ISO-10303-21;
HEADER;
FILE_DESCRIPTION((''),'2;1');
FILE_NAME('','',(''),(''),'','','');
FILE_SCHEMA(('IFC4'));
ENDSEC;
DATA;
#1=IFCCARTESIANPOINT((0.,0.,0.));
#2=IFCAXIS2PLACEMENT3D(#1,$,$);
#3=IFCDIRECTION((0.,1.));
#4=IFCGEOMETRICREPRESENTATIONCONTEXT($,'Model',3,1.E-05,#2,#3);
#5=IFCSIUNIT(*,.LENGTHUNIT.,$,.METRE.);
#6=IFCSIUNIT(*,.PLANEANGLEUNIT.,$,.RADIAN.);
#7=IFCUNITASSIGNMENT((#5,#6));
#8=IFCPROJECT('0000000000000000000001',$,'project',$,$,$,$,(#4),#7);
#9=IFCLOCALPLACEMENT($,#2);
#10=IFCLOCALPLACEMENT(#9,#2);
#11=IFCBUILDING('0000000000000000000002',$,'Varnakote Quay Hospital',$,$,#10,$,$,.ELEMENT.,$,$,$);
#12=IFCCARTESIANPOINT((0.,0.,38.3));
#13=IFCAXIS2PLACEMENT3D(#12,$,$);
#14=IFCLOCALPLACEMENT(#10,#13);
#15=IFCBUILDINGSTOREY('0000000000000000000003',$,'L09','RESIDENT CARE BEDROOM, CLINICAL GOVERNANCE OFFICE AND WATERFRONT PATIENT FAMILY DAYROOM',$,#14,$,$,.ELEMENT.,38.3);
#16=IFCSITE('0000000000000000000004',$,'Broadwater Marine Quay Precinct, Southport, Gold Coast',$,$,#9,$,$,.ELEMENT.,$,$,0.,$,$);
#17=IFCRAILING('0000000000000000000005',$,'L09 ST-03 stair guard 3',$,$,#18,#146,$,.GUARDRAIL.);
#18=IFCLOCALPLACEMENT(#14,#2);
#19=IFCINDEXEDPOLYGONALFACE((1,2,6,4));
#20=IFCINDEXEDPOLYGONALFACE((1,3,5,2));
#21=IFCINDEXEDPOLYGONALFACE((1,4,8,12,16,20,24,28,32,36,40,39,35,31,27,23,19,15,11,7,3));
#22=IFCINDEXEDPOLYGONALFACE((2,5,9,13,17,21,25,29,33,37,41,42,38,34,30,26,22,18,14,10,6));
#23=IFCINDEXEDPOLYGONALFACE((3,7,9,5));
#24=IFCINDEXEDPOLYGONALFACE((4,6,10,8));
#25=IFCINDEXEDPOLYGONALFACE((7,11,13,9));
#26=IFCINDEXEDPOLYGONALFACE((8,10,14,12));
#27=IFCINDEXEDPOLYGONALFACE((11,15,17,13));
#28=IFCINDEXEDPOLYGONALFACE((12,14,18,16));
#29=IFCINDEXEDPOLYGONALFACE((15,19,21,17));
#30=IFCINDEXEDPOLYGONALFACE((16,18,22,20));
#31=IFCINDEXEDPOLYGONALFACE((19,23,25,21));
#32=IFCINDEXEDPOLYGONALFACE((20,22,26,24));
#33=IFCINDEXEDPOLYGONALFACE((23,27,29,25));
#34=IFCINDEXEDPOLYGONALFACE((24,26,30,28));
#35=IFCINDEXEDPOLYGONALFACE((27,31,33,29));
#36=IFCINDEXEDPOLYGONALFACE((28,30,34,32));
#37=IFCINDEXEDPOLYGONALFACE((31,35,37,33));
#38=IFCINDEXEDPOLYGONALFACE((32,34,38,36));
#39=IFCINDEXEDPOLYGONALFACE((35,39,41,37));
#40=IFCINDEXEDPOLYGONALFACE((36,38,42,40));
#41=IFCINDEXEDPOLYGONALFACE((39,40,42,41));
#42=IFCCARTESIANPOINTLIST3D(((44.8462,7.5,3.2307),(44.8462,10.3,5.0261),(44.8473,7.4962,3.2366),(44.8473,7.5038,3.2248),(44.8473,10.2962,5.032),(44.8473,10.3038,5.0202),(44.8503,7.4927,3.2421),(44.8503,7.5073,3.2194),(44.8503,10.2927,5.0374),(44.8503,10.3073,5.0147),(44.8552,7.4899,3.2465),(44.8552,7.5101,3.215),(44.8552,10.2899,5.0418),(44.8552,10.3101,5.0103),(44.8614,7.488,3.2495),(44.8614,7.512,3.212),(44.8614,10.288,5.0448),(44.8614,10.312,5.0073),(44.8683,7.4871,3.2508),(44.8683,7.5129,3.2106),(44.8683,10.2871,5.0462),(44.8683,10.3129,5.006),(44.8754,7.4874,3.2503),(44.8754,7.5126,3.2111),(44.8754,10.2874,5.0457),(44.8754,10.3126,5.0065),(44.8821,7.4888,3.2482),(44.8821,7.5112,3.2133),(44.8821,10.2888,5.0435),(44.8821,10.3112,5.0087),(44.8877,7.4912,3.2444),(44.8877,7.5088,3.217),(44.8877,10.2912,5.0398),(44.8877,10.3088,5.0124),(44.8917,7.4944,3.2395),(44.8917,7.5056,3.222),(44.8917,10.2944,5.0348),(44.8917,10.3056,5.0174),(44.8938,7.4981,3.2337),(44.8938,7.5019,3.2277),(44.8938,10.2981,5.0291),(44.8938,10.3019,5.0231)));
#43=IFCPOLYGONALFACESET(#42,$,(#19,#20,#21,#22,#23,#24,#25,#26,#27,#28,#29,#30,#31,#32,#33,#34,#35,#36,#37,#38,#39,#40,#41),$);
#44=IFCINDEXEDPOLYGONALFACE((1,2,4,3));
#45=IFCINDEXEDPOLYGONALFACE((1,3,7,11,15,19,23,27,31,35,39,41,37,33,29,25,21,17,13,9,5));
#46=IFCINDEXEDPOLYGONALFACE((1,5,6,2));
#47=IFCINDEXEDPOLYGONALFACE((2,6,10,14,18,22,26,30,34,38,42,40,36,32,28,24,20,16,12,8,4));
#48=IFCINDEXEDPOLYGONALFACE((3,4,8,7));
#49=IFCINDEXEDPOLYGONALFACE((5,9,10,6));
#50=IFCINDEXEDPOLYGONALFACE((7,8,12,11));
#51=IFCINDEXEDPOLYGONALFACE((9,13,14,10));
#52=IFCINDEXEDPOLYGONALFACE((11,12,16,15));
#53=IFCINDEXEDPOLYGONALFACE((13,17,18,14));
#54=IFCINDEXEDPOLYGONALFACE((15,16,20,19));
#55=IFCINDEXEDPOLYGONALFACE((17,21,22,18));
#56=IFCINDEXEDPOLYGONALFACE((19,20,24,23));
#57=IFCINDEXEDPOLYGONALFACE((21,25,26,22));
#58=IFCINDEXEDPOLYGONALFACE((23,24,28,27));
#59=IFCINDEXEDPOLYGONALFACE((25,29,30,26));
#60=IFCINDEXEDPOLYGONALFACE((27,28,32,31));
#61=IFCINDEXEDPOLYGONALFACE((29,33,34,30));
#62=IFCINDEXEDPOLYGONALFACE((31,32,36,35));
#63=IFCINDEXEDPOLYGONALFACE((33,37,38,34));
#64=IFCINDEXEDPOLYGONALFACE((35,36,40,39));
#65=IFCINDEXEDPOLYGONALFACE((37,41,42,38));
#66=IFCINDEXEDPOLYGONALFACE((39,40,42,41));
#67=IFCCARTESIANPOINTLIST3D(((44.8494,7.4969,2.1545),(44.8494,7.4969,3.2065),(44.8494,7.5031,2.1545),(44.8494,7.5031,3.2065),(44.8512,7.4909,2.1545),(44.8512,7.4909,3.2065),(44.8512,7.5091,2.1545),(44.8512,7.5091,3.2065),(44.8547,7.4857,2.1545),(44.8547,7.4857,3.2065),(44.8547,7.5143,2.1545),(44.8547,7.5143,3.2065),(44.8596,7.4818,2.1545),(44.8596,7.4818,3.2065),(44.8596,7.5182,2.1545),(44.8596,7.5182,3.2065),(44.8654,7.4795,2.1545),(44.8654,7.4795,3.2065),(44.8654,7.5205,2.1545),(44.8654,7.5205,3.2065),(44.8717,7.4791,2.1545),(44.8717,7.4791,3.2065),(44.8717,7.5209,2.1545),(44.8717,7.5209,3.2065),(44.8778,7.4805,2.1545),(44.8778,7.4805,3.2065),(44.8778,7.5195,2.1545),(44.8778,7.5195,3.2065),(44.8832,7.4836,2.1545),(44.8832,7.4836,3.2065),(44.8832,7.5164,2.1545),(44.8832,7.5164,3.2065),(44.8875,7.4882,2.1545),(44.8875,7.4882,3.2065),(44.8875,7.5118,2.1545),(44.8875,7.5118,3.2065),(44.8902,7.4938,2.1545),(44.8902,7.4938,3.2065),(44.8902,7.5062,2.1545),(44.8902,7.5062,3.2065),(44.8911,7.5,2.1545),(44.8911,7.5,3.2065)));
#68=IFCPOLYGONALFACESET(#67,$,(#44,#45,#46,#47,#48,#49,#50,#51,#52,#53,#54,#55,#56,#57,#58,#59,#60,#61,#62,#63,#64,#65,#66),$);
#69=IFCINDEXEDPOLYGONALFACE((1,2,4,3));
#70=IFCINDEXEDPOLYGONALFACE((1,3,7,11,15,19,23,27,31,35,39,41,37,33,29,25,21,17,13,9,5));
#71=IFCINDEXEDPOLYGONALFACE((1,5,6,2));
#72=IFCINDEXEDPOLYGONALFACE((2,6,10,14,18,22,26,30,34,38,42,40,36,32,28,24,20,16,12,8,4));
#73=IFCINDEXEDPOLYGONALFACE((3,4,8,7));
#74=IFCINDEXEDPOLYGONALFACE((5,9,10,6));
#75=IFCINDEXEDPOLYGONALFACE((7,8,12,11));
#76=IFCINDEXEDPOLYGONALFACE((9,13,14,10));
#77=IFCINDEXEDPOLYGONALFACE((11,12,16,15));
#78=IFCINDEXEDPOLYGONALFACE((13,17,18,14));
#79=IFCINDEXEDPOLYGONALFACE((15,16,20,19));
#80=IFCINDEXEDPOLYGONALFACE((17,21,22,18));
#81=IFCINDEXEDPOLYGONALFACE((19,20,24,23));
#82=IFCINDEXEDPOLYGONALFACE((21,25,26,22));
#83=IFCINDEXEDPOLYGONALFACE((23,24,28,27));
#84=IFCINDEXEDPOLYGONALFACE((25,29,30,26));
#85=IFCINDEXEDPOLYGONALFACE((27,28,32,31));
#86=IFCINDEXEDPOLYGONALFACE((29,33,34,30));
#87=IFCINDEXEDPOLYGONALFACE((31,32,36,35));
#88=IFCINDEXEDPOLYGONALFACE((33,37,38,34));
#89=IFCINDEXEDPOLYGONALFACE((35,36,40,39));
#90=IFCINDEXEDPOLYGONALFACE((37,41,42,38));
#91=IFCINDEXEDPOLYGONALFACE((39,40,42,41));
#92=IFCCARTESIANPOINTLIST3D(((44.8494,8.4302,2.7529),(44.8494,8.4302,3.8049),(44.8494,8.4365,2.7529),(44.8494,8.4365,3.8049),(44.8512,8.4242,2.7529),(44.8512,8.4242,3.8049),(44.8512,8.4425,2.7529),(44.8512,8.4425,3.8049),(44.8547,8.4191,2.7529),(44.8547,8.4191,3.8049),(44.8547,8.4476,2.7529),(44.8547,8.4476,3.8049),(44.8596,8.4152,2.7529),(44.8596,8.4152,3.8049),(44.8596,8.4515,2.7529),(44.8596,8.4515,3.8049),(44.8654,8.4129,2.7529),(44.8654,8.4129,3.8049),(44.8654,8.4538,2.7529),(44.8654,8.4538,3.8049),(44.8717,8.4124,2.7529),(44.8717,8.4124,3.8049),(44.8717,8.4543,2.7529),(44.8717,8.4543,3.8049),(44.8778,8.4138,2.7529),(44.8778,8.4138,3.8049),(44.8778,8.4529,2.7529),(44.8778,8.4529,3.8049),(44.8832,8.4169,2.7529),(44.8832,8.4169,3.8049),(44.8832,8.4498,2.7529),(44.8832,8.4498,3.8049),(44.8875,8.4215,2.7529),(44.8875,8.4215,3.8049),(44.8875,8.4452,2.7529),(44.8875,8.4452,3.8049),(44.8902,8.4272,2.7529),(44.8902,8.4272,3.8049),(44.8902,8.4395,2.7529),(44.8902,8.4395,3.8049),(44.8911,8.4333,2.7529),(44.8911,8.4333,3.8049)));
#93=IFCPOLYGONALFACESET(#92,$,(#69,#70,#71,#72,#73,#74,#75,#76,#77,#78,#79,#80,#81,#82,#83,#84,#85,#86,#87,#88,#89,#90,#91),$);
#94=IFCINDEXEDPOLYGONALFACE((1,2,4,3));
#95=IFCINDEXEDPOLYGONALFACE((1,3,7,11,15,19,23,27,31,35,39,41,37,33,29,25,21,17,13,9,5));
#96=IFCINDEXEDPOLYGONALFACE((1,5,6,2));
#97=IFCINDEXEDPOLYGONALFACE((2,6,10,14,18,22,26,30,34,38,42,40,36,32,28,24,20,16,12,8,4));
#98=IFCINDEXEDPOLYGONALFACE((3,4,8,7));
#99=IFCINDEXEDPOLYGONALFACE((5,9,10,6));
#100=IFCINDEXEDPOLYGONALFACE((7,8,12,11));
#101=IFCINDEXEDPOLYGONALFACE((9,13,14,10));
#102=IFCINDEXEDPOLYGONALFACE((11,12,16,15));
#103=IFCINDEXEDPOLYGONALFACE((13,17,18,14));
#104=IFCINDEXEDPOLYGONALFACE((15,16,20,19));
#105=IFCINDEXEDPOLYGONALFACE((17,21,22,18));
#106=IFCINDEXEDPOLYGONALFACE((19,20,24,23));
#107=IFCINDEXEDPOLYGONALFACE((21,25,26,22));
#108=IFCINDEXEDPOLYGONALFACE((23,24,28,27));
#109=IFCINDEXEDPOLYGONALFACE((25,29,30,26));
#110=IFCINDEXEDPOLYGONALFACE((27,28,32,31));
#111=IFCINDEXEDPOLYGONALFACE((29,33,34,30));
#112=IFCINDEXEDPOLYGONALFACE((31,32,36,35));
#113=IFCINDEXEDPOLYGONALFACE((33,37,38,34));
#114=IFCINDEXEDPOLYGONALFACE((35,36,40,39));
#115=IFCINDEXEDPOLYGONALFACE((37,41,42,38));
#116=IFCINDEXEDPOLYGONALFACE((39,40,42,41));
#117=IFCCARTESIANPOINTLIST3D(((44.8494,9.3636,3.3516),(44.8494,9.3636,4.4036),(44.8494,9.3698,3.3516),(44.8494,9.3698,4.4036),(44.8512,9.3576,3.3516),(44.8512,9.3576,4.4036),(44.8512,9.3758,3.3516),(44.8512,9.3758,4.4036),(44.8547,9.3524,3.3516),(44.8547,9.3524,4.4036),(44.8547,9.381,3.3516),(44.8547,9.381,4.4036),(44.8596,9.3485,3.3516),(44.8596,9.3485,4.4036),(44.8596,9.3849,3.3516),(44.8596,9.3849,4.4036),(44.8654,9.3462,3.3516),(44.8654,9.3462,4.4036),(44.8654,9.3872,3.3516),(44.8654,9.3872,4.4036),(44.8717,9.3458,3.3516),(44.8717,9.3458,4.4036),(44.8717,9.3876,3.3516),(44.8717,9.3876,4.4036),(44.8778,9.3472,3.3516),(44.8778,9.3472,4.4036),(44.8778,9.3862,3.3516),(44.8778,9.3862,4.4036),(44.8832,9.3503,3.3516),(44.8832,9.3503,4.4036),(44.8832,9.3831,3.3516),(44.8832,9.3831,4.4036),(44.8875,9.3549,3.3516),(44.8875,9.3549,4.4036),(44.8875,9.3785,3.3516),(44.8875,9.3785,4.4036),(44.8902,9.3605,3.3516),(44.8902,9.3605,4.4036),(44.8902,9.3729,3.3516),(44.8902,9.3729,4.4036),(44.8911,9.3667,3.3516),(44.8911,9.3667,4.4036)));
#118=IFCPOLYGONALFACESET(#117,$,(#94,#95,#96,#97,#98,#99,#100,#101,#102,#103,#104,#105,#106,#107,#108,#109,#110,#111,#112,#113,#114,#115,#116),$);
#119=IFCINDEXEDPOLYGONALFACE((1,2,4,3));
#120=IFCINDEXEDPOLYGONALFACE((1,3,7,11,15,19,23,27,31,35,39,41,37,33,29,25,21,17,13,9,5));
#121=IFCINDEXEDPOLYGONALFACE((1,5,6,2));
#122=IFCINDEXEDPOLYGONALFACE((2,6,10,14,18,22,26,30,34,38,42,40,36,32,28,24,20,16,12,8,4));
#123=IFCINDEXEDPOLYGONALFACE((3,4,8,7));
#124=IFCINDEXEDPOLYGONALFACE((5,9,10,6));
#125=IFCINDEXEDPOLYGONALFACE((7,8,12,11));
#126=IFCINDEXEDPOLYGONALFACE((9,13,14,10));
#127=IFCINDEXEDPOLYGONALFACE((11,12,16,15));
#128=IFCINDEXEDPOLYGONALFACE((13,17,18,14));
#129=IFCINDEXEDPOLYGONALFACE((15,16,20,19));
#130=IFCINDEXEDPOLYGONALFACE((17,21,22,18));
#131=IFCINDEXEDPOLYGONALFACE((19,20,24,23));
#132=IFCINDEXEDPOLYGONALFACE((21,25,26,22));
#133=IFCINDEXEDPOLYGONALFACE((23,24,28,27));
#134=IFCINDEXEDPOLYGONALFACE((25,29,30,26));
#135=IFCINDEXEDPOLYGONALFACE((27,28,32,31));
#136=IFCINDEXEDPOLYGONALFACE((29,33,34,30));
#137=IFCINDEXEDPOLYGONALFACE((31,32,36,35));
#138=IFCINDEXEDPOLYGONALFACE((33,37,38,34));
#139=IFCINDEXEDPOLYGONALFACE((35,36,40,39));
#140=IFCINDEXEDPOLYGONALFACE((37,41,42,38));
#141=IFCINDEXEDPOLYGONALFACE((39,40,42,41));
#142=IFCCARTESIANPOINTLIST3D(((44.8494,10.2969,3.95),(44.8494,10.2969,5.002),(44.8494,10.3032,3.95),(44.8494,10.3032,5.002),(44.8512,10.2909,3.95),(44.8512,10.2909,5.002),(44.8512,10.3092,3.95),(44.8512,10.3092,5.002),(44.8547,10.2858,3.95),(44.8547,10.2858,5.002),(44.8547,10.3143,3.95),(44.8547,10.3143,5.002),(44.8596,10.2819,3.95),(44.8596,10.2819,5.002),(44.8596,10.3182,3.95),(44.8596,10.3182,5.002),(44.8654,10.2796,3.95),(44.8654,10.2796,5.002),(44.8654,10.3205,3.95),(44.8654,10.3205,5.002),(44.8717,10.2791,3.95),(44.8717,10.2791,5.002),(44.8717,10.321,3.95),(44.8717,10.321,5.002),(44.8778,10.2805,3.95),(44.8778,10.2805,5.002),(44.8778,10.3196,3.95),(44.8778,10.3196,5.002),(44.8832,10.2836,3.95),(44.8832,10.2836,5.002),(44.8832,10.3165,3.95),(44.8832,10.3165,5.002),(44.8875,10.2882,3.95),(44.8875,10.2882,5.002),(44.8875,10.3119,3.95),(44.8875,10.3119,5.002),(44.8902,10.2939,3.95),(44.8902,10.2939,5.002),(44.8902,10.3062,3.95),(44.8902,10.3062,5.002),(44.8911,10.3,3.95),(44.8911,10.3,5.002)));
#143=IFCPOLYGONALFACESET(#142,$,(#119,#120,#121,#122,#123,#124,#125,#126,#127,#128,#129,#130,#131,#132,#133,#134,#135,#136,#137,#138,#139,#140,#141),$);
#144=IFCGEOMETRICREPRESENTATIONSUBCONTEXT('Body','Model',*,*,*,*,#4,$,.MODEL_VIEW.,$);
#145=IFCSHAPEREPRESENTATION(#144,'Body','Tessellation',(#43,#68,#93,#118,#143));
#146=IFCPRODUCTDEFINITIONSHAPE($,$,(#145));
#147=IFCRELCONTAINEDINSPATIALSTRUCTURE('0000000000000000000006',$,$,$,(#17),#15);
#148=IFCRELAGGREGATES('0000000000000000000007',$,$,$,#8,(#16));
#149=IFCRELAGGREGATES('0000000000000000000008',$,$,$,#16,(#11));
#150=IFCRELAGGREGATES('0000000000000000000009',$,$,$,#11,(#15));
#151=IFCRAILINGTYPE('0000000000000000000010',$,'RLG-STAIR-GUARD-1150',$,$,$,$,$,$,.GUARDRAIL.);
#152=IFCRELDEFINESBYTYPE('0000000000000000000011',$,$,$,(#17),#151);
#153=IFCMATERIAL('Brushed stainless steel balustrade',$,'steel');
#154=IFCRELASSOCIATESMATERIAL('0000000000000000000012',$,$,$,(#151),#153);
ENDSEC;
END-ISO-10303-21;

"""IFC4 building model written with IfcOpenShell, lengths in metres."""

from ifc_helpers import new_model, si_unit, direction, frame, origin, origin_2d, place, context, subcontext, project, spatial, circle, extrude, material, type_object, element, save


model = new_model("IFC4")

# Units and contexts
model_context = context("Model", 3, precision=1e-05, world=origin(), true_north=direction((0.0, 1.0)))
body_context = subcontext(model_context, "Body", "Model", "MODEL_VIEW")
ifc_project = project(units=[si_unit("LENGTHUNIT", "METRE"), si_unit("PLANEANGLEUNIT", "RADIAN")], contexts=[model_context])

# Site, building, storey
site_placement = place(None, origin())
site = spatial("IfcSite", under=ifc_project, at=site_placement, Name="Broadwater Marine Quay Precinct, Southport, Gold Coast", CompositionType="ELEMENT", RefElevation=0.0)
building_placement = place(site_placement, origin())
building = spatial("IfcBuilding", under=site, at=building_placement, Name="Varnakote Quay Hospital", CompositionType="ELEMENT")
storey_placement = place(building_placement, frame((0.0, 0.0, 38.3)))
storey = spatial("IfcBuildingStorey", under=building, at=storey_placement, Name="L09", Description="RESIDENT CARE BEDROOM, CLINICAL GOVERNANCE OFFICE AND WATERFRONT PATIENT FAMILY DAYROOM", CompositionType="ELEMENT", Elevation=38.3)

# Railing
ifc_material_1 = material(Name="Brushed stainless steel balustrade", Category="steel")
railing_type_1 = type_object("IfcRailingType", Name="RLG-STAIR-GUARD-1150", PredefinedType="GUARDRAIL", material=ifc_material_1)
railing_1_placement = place(storey_placement, frame((44.8701, 7.5, 2.1545)))
element("IfcRailing", 1, at=railing_1_placement, inside=storey, type_object=railing_type_1, Name="L09 ST-03 stair guard 3", PredefinedType="GUARDRAIL", context=body_context, shape_type="SweptSolid", body=[
    extrude(circle(Radius=0.0239, at=origin_2d()), frame((0.0, 0.0, 1.0762), z_axis=(0.0, 0.84181, 0.539774), x_axis=(-1.0, 0.0, 0.0)), (0.0, 0.0, 1.0), 3.3262),
    extrude(circle(Radius=0.021, at=origin_2d()), origin(), (0.0, 0.0, 1.0), 1.052),
    extrude(circle(Radius=0.021, at=origin_2d()), frame((0.0, 0.9333, 0.5984)), (0.0, 0.0, 1.0), 1.052),
    extrude(circle(Radius=0.021, at=origin_2d()), frame((0.0, 1.8667, 1.197)), (0.0, 0.0, 1.0), 1.052),
    extrude(circle(Radius=0.021, at=origin_2d()), frame((0.0, 2.8, 1.7954)), (0.0, 0.0, 1.0), 1.052),
])

save(model, "model.ifc")
